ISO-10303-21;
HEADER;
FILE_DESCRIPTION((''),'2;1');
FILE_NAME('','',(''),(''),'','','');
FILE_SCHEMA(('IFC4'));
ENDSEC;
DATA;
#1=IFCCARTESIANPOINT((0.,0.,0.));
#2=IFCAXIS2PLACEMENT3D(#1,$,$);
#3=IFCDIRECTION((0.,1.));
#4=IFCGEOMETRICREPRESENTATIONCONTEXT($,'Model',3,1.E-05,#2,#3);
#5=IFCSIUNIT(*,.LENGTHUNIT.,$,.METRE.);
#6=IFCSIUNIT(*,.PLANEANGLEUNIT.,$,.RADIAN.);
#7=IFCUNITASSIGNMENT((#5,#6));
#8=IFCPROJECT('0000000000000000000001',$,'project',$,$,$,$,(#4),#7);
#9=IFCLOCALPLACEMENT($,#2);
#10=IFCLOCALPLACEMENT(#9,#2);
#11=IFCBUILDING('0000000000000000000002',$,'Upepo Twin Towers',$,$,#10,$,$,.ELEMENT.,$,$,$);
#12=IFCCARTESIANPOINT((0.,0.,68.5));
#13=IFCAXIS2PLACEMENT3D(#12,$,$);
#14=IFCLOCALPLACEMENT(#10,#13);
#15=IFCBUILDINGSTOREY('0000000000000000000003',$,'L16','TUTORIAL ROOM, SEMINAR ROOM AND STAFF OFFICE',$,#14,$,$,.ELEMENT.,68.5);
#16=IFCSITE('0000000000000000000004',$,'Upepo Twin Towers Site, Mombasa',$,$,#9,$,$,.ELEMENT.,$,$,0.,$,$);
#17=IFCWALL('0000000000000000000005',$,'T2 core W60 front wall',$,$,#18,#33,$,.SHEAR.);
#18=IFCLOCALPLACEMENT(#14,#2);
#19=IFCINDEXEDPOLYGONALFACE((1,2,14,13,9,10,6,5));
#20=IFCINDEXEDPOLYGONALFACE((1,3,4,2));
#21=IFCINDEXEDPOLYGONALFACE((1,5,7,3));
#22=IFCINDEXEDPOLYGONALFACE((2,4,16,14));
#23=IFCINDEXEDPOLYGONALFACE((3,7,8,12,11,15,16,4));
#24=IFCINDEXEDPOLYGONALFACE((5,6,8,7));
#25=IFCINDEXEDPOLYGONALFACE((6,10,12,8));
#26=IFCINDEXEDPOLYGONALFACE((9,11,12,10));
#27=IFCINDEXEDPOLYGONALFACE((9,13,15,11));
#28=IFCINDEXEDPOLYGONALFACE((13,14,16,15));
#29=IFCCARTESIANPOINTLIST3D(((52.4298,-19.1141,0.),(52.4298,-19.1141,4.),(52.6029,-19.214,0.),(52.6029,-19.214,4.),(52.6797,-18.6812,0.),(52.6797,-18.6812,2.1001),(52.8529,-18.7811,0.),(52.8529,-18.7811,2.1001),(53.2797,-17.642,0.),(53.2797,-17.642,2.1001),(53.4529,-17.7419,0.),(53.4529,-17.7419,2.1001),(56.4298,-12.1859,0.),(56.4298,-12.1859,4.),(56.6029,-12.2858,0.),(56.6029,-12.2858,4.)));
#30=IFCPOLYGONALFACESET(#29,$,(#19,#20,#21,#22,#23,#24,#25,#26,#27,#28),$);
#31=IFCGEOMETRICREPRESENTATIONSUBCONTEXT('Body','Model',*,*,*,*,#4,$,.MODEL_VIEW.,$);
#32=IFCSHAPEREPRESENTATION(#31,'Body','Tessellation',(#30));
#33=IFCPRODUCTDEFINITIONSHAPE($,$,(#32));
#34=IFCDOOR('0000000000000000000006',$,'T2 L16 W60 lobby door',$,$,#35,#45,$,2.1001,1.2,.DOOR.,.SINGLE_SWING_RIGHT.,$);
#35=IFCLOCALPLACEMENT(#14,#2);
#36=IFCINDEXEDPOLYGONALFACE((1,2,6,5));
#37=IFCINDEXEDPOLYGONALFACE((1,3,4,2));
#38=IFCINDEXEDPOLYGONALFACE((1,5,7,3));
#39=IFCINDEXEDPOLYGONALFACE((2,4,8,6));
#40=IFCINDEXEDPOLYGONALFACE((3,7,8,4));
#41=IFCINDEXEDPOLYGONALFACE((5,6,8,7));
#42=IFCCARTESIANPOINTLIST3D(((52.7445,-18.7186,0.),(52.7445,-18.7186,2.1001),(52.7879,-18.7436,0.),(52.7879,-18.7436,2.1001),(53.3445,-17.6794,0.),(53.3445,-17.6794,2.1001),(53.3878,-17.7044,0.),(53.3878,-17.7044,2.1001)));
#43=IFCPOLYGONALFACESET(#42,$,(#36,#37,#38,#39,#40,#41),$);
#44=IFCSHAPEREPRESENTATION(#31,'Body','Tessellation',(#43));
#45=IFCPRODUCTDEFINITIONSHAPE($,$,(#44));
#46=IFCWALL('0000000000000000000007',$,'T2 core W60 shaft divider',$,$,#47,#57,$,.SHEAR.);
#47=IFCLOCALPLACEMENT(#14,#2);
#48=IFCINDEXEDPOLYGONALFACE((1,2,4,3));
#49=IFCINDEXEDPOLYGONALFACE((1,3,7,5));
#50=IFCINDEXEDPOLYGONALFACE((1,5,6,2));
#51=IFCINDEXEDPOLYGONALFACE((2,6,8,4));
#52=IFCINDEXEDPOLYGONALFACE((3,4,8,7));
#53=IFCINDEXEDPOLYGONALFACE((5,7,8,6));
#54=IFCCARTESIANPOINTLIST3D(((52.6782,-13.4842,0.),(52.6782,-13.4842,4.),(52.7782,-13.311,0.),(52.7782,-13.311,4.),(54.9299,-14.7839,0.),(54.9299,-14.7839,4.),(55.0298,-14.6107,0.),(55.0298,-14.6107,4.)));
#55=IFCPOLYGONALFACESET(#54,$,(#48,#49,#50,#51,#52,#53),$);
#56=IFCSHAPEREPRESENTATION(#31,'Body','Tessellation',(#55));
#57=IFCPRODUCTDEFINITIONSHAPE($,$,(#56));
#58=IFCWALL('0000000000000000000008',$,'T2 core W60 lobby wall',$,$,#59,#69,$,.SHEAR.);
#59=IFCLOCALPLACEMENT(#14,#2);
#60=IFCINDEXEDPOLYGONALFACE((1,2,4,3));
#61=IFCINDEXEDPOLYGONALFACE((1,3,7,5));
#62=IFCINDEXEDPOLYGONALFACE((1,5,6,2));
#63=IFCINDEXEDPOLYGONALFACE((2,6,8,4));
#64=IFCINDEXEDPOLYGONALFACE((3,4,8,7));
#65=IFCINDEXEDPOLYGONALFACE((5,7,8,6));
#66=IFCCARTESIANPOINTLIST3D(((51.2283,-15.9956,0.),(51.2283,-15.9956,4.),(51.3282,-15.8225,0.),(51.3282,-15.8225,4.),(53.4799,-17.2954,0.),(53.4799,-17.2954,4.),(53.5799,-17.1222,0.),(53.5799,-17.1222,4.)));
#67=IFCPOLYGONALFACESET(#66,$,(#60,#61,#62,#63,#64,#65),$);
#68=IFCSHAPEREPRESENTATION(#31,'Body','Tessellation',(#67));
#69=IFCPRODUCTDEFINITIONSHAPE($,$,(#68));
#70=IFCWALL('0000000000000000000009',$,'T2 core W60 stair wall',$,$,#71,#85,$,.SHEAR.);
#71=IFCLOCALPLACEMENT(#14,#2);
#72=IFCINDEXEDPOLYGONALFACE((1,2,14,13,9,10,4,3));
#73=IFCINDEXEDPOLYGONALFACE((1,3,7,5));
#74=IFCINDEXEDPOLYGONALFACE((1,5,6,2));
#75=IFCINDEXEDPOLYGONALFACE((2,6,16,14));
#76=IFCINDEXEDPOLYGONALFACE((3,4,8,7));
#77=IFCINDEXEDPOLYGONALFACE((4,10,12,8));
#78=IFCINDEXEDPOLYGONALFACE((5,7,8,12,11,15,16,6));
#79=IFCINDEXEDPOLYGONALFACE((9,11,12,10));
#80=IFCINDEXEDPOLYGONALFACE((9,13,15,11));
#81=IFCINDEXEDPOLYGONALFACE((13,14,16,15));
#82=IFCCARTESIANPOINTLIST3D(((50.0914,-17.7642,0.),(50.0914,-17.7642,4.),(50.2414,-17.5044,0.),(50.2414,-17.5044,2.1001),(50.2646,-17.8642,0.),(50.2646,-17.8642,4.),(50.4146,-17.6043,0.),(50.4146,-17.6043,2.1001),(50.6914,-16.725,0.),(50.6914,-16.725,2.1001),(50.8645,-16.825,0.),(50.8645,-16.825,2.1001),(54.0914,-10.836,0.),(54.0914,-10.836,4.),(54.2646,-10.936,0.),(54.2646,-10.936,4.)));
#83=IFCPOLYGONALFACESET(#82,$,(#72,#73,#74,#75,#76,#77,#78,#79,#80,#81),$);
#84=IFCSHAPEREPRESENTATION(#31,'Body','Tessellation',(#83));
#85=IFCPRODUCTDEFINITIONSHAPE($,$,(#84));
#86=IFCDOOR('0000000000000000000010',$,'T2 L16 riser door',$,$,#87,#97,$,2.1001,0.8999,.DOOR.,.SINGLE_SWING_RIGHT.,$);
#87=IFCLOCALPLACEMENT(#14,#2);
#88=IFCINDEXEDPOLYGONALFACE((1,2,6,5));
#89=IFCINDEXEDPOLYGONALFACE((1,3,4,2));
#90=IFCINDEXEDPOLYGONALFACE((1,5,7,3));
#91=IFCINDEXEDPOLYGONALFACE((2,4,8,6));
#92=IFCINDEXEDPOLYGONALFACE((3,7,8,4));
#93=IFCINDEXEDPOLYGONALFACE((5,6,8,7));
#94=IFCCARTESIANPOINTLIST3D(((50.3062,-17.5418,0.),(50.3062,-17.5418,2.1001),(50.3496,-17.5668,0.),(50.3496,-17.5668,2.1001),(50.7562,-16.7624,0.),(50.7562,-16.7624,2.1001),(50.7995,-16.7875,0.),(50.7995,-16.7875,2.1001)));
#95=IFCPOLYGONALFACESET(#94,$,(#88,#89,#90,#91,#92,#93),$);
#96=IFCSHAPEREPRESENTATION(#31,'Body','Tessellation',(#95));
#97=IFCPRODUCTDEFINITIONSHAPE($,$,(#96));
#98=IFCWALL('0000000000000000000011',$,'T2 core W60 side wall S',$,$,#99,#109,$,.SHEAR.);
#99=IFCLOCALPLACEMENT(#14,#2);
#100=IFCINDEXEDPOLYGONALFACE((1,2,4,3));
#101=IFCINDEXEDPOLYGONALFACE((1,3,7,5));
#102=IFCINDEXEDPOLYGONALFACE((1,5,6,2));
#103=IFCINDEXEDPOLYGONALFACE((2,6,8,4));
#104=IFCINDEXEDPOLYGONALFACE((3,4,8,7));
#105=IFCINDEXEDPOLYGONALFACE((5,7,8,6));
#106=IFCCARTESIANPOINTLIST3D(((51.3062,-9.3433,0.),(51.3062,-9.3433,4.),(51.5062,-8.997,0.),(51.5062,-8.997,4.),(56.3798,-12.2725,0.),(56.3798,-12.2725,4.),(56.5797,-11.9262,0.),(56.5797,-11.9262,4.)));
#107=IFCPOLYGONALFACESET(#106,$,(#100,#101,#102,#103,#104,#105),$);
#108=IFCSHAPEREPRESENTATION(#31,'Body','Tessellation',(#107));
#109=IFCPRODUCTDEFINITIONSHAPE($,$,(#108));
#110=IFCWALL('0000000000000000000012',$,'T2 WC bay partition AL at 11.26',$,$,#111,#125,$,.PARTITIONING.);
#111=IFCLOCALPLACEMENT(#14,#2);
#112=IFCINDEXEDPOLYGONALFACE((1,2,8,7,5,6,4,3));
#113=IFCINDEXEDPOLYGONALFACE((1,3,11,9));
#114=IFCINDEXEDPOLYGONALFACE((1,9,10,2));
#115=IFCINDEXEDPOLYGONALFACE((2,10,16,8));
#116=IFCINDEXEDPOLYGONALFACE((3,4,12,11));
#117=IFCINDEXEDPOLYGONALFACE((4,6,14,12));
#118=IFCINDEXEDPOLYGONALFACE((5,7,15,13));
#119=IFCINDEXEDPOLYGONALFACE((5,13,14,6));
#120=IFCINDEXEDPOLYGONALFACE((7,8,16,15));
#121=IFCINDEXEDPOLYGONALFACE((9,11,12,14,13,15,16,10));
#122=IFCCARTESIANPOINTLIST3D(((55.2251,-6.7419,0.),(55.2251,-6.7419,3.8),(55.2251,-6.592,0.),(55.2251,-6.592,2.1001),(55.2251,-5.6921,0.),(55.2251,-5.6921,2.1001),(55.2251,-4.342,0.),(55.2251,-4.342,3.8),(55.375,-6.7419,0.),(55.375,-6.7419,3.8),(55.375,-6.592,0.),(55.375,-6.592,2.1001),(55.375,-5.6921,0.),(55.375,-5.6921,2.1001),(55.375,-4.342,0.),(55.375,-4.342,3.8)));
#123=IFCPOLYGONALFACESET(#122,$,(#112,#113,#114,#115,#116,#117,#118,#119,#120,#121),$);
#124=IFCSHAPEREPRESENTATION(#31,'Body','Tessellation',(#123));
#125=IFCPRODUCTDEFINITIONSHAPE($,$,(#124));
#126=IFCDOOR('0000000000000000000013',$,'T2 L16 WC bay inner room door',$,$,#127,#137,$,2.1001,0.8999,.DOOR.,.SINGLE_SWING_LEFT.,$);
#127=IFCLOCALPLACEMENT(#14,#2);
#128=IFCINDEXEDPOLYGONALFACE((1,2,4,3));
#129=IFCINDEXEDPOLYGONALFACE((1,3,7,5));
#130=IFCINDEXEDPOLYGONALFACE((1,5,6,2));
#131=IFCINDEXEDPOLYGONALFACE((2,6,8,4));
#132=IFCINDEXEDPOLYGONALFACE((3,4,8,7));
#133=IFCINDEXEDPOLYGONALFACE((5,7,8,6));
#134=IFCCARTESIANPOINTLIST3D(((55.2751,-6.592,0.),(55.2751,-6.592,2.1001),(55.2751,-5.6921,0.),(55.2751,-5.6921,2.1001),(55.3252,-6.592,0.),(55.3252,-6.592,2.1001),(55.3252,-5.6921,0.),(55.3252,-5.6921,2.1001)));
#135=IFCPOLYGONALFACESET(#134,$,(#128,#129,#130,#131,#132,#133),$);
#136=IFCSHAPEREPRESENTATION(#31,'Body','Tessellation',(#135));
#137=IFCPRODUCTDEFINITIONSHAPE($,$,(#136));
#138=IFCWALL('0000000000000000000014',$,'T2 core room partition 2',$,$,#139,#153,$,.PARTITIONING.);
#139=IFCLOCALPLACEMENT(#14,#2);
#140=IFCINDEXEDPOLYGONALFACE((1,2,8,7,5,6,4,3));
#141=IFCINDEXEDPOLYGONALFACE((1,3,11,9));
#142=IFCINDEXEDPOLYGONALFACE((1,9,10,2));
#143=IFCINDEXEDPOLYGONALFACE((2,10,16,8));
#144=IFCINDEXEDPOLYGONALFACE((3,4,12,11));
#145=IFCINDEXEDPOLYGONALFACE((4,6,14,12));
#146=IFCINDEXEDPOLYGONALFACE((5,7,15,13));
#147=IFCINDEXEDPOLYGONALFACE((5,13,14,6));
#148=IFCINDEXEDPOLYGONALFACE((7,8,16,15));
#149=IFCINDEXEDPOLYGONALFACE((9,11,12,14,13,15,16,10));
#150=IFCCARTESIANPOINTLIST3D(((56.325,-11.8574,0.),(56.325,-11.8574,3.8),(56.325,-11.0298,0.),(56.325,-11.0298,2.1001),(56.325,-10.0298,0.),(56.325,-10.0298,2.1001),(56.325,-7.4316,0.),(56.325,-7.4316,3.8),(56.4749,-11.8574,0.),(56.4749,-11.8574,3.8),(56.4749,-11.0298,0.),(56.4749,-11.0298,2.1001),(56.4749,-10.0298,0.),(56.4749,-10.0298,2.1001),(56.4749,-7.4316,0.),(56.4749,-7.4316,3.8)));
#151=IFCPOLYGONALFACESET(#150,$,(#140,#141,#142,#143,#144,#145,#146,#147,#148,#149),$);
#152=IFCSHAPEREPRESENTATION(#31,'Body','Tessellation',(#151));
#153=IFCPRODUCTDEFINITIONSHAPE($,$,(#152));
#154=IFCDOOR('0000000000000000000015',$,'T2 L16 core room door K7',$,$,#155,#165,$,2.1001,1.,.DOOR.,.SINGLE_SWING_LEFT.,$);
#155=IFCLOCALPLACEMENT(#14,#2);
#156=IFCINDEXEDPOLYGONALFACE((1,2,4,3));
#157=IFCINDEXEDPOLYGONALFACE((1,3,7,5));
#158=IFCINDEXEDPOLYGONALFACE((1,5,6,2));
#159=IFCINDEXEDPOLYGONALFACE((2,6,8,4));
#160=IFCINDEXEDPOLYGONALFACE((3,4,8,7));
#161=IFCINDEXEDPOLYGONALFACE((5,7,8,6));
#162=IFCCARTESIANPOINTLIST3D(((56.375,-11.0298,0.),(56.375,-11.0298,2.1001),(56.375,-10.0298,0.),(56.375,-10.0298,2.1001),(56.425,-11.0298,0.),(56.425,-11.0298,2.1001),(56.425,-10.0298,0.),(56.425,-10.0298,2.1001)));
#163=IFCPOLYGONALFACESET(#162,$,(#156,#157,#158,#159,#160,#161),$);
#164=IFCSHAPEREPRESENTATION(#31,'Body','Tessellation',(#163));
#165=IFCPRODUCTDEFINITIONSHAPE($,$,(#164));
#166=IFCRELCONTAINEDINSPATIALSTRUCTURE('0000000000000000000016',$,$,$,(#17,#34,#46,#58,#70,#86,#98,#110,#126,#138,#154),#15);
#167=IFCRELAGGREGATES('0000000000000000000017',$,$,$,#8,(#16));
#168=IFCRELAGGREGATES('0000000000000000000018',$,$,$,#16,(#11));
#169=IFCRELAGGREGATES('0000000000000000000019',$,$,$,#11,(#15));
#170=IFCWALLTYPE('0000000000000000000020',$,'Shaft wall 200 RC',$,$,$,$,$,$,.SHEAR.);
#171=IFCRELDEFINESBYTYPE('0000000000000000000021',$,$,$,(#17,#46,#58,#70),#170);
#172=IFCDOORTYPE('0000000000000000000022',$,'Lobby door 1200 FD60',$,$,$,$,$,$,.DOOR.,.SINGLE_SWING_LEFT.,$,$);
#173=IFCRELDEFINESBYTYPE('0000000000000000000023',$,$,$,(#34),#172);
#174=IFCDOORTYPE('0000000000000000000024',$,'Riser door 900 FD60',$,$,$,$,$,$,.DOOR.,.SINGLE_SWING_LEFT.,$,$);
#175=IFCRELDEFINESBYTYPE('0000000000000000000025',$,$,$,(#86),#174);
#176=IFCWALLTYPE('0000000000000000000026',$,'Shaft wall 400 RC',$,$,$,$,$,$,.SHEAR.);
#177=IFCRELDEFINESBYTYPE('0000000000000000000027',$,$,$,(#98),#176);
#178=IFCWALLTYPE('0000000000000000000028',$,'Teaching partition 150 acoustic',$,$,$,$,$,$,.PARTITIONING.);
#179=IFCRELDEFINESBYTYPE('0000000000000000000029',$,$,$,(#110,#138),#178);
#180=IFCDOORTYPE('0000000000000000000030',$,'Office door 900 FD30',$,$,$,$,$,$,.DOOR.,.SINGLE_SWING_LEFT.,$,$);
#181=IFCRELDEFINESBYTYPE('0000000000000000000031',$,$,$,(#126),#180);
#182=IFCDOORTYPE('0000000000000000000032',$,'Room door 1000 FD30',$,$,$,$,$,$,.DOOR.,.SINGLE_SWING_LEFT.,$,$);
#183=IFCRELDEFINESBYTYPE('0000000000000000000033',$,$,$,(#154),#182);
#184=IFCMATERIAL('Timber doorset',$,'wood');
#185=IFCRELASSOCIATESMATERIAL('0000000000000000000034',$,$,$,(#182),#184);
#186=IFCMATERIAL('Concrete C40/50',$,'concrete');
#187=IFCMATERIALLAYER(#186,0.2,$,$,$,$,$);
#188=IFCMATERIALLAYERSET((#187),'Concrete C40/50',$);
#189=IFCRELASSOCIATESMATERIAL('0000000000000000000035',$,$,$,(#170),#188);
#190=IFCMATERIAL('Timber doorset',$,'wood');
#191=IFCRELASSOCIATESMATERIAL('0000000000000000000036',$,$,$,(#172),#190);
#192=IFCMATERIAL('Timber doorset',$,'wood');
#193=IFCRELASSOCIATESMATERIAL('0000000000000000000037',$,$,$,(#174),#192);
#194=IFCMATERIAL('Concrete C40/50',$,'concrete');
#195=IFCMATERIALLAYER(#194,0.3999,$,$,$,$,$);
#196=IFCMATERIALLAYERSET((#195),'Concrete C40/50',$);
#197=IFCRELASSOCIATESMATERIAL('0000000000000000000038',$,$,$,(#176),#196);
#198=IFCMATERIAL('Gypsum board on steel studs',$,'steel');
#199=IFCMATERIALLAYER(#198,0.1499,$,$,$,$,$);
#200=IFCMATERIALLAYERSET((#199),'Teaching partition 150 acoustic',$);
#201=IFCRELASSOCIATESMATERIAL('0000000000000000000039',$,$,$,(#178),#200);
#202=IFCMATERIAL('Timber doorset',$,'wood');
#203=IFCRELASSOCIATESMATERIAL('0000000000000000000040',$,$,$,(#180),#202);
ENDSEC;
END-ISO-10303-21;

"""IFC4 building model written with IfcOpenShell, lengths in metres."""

from ifc_helpers import new_model, si_unit, direction, frame, frame_2d, origin, place, context, subcontext, project, spatial, rectangle, extrude, material, layer, layer_set, type_object, element, fill, save


model = new_model("IFC4")

# Units and contexts
model_context = context("Model", 3, precision=1e-05, world=origin(), true_north=direction((0.0, 1.0)))
body_context = subcontext(model_context, "Body", "Model", "MODEL_VIEW")
ifc_project = project(units=[si_unit("LENGTHUNIT", "METRE"), si_unit("PLANEANGLEUNIT", "RADIAN")], contexts=[model_context])

# Site, building, storey
site_placement = place(None, origin())
site = spatial("IfcSite", under=ifc_project, at=site_placement, Name="Upepo Twin Towers Site, Mombasa", CompositionType="ELEMENT", RefElevation=0.0)
building_placement = place(site_placement, origin())
building = spatial("IfcBuilding", under=site, at=building_placement, Name="Upepo Twin Towers", CompositionType="ELEMENT")
storey_placement = place(building_placement, frame((0.0, 0.0, 68.5)))
storey = spatial("IfcBuildingStorey", under=building, at=storey_placement, Name="L16", Description="TUTORIAL ROOM, SEMINAR ROOM AND STAFF OFFICE", CompositionType="ELEMENT", Elevation=68.5)

# Shared definitions
ifc_material_1 = material(Name="Timber doorset", Category="wood")
door_type_1 = type_object("IfcDoorType", Name="Room door 1000 FD30", OperationType="SINGLE_SWING_LEFT", PredefinedType="DOOR", material=ifc_material_1)

# Wall, opening, door
ifc_material_2 = material(Name="Concrete C40/50", Category="concrete")
ifc_layer_1 = layer(ifc_material_2, 0.2)
ifc_layer_set_1 = layer_set([ifc_layer_1], Name="Concrete C40/50")
wall_type_1 = type_object("IfcWallType", Name="Shaft wall 200 RC", PredefinedType="SHEAR", material=ifc_layer_set_1)
wall_1_placement = place(storey_placement, frame((56.5164, -12.2358, 0.0), z_axis=(0.0, 0.0, 1.0), x_axis=(-0.499999, -0.866026, 0.0)))
wall_1 = element("IfcWall", 1, at=wall_1_placement, inside=storey, type_object=wall_type_1, Name="T2 core W60 front wall", PredefinedType="SHEAR", context=body_context, shape_type="SweptSolid", body=[
    extrude(rectangle(XDim=8.0, YDim=0.2, at=frame_2d((4.0, 0.0))), origin(), (0.0, 0.0, 1.0), 4.0),
])
opening_1_placement = place(wall_1_placement, frame((6.3, 0.0, 0.0)))
opening_1 = element("IfcOpeningElement", 2, at=opening_1_placement, cuts=wall_1, PredefinedType="OPENING", context=body_context, shape_type="SweptSolid", body=[
    extrude(rectangle(XDim=1.2, YDim=2.1001, at=frame_2d((0.6001, 1.05))), frame((0.0, 0.1099, 0.0), z_axis=(0.0, -1.0, 0.0), x_axis=(1.0, 0.0, 0.0)), (0.0, 0.0, 1.0), 0.22),
])
ifc_material_3 = material(Name="Timber doorset", Category="wood")
door_type_2 = type_object("IfcDoorType", Name="Lobby door 1200 FD60", OperationType="SINGLE_SWING_LEFT", PredefinedType="DOOR", material=ifc_material_3)
door_1_placement = place(opening_1_placement, origin())
door_1 = element("IfcDoor", 3, at=door_1_placement, inside=storey, type_object=door_type_2, Name="T2 L16 W60 lobby door", OperationType="SINGLE_SWING_RIGHT", OverallHeight=2.1001, OverallWidth=1.2, PredefinedType="DOOR", context=body_context, shape_type="SweptSolid", body=[
    extrude(rectangle(XDim=1.2, YDim=2.1001, at=frame_2d((0.6001, 1.05))), frame((0.0, 0.0249, 0.0), z_axis=(0.0, -1.0, 0.0), x_axis=(1.0, 0.0, 0.0)), (0.0, 0.0, 1.0), 0.05),
])
fill(opening_1, door_1)

# Walls
for number, where, z_axis, x_axis, name in (
    (4, (54.9797, -14.6973, 0.0), (0.0, 0.0, 1.0), (-0.866062, 0.499937, 0.0), "T2 core W60 shaft divider"),
    (5, (53.5298, -17.2087, 0.0), (0.0, 0.0, 1.0), (-0.866062, 0.499937, 0.0), "T2 core W60 lobby wall"),
):
    element("IfcWall", number, at=place(storey_placement, frame(where, z_axis=z_axis, x_axis=x_axis)), inside=storey, type_object=wall_type_1, Name=name, PredefinedType="SHEAR", context=body_context, shape_type="SweptSolid", body=[
        extrude(rectangle(XDim=2.5999, YDim=0.2, at=frame_2d((1.2998, 0.0))), origin(), (0.0, 0.0, 1.0), 4.0),
    ])

# Wall, opening, door
wall_2_placement = place(storey_placement, frame((54.178, -10.886, 0.0), z_axis=(0.0, 0.0, 1.0), x_axis=(-0.499999, -0.866026, 0.0)))
wall_2 = element("IfcWall", 6, at=wall_2_placement, inside=storey, type_object=wall_type_1, Name="T2 core W60 stair wall", PredefinedType="SHEAR", context=body_context, shape_type="SweptSolid", body=[
    extrude(rectangle(XDim=8.0, YDim=0.2, at=frame_2d((4.0, 0.0))), origin(), (0.0, 0.0, 1.0), 4.0),
])
opening_2_placement = place(wall_2_placement, frame((6.8, 0.0, 0.0)))
opening_2 = element("IfcOpeningElement", 7, at=opening_2_placement, cuts=wall_2, PredefinedType="OPENING", context=body_context, shape_type="SweptSolid", body=[
    extrude(rectangle(XDim=0.8999, YDim=2.1001, at=frame_2d((0.45, 1.05))), frame((0.0, 0.1099, 0.0), z_axis=(0.0, -1.0, 0.0), x_axis=(1.0, 0.0, 0.0)), (0.0, 0.0, 1.0), 0.22),
])
ifc_material_4 = material(Name="Timber doorset", Category="wood")
door_type_3 = type_object("IfcDoorType", Name="Riser door 900 FD60", OperationType="SINGLE_SWING_LEFT", PredefinedType="DOOR", material=ifc_material_4)
door_2_placement = place(opening_2_placement, origin())
door_2 = element("IfcDoor", 8, at=door_2_placement, inside=storey, type_object=door_type_3, Name="T2 L16 riser door", OperationType="SINGLE_SWING_RIGHT", OverallHeight=2.1001, OverallWidth=0.8999, PredefinedType="DOOR", context=body_context, shape_type="SweptSolid", body=[
    extrude(rectangle(XDim=0.8999, YDim=2.1001, at=frame_2d((0.45, 1.05))), frame((0.0, 0.0249, 0.0), z_axis=(0.0, -1.0, 0.0), x_axis=(1.0, 0.0, 0.0)), (0.0, 0.0, 1.0), 0.05),
])
fill(opening_2, door_2)

# Wall
ifc_material_5 = material(Name="Concrete C40/50", Category="concrete")
ifc_layer_2 = layer(ifc_material_5, 0.3999)
ifc_layer_set_2 = layer_set([ifc_layer_2], Name="Concrete C40/50")
wall_type_2 = type_object("IfcWallType", Name="Shaft wall 400 RC", PredefinedType="SHEAR", material=ifc_layer_set_2)
wall_3_placement = place(storey_placement, frame((56.4797, -12.0994, 0.0), z_axis=(0.0, 0.0, 1.0), x_axis=(-0.866024, 0.500003, 0.0)))
element("IfcWall", 9, at=wall_3_placement, inside=storey, type_object=wall_type_2, Name="T2 core W60 side wall S", PredefinedType="SHEAR", context=body_context, shape_type="SweptSolid", body=[
    extrude(rectangle(XDim=5.8584, YDim=0.3999, at=frame_2d((2.9292, 0.0))), origin(), (0.0, 0.0, 1.0), 4.0),
])

# Walls, openings, doors
ifc_material_6 = material(Name="Gypsum board on steel studs", Category="steel")
ifc_layer_3 = layer(ifc_material_6, 0.1499)
ifc_layer_set_3 = layer_set([ifc_layer_3], Name="Teaching partition 150 acoustic")
wall_type_3 = type_object("IfcWallType", Name="Teaching partition 150 acoustic", PredefinedType="PARTITIONING", material=ifc_layer_set_3)
wall_4_placement = place(storey_placement, frame((55.3, -6.7419, 0.0), z_axis=(0.0, 0.0, 1.0), x_axis=(0.0, 1.0, 0.0)))
wall_4 = element("IfcWall", 10, at=wall_4_placement, inside=storey, type_object=wall_type_3, Name="T2 WC bay partition AL at 11.26", PredefinedType="PARTITIONING", context=body_context, shape_type="SweptSolid", body=[
    extrude(rectangle(XDim=2.3999, YDim=0.1499, at=frame_2d((1.2, 0.0))), origin(), (0.0, 0.0, 1.0), 3.8),
])
opening_3_placement = place(wall_4_placement, frame((0.1499, 0.0, 0.0)))
opening_3 = element("IfcOpeningElement", 11, at=opening_3_placement, cuts=wall_4, PredefinedType="OPENING", context=body_context, shape_type="SweptSolid", body=[
    extrude(rectangle(XDim=0.8999, YDim=2.1001, at=frame_2d((0.45, 1.05))), frame((0.0, 0.085, 0.0), z_axis=(0.0, -1.0, 0.0), x_axis=(1.0, 0.0, 0.0)), (0.0, 0.0, 1.0), 0.1699),
])
ifc_material_7 = material(Name="Timber doorset", Category="wood")
door_type_4 = type_object("IfcDoorType", Name="Office door 900 FD30", OperationType="SINGLE_SWING_LEFT", PredefinedType="DOOR", material=ifc_material_7)
door_3_placement = place(opening_3_placement, origin())
door_3 = element("IfcDoor", 12, at=door_3_placement, inside=storey, type_object=door_type_4, Name="T2 L16 WC bay inner room door", OperationType="SINGLE_SWING_LEFT", OverallHeight=2.1001, OverallWidth=0.8999, PredefinedType="DOOR", context=body_context, shape_type="SweptSolid", body=[
    extrude(rectangle(XDim=0.8999, YDim=2.1001, at=frame_2d((0.45, 1.05))), frame((0.0, 0.0249, 0.0), z_axis=(0.0, -1.0, 0.0), x_axis=(1.0, 0.0, 0.0)), (0.0, 0.0, 1.0), 0.05),
])
fill(opening_3, door_3)
wall_5_placement = place(storey_placement, frame((56.3999, -11.8574, 0.0), z_axis=(0.0, 0.0, 1.0), x_axis=(0.0, 1.0, 0.0)))
wall_5 = element("IfcWall", 13, at=wall_5_placement, inside=storey, type_object=wall_type_3, Name="T2 core room partition 2", PredefinedType="PARTITIONING", context=body_context, shape_type="SweptSolid", body=[
    extrude(rectangle(XDim=4.4258, YDim=0.1499, at=frame_2d((2.2129, 0.0))), origin(), (0.0, 0.0, 1.0), 3.8),
])
opening_4_placement = place(wall_5_placement, frame((0.8276, 0.0, 0.0)))
opening_4 = element("IfcOpeningElement", 14, at=opening_4_placement, cuts=wall_5, PredefinedType="OPENING", context=body_context, shape_type="SweptSolid", body=[
    extrude(rectangle(XDim=1.0, YDim=2.1001, at=frame_2d((0.5, 1.05))), frame((0.0, 0.085, 0.0), z_axis=(0.0, -1.0, 0.0), x_axis=(1.0, 0.0, 0.0)), (0.0, 0.0, 1.0), 0.1699),
])
door_4_placement = place(opening_4_placement, origin())
door_4 = element("IfcDoor", 15, at=door_4_placement, inside=storey, type_object=door_type_1, Name="T2 L16 core room door K7", OperationType="SINGLE_SWING_LEFT", OverallHeight=2.1001, OverallWidth=1.0, PredefinedType="DOOR", context=body_context, shape_type="SweptSolid", body=[
    extrude(rectangle(XDim=1.0, YDim=2.1001, at=frame_2d((0.5, 1.05))), frame((0.0, 0.0249, 0.0), z_axis=(0.0, -1.0, 0.0), x_axis=(1.0, 0.0, 0.0)), (0.0, 0.0, 1.0), 0.05),
])
fill(opening_4, door_4)

save(model, "model.ifc")
